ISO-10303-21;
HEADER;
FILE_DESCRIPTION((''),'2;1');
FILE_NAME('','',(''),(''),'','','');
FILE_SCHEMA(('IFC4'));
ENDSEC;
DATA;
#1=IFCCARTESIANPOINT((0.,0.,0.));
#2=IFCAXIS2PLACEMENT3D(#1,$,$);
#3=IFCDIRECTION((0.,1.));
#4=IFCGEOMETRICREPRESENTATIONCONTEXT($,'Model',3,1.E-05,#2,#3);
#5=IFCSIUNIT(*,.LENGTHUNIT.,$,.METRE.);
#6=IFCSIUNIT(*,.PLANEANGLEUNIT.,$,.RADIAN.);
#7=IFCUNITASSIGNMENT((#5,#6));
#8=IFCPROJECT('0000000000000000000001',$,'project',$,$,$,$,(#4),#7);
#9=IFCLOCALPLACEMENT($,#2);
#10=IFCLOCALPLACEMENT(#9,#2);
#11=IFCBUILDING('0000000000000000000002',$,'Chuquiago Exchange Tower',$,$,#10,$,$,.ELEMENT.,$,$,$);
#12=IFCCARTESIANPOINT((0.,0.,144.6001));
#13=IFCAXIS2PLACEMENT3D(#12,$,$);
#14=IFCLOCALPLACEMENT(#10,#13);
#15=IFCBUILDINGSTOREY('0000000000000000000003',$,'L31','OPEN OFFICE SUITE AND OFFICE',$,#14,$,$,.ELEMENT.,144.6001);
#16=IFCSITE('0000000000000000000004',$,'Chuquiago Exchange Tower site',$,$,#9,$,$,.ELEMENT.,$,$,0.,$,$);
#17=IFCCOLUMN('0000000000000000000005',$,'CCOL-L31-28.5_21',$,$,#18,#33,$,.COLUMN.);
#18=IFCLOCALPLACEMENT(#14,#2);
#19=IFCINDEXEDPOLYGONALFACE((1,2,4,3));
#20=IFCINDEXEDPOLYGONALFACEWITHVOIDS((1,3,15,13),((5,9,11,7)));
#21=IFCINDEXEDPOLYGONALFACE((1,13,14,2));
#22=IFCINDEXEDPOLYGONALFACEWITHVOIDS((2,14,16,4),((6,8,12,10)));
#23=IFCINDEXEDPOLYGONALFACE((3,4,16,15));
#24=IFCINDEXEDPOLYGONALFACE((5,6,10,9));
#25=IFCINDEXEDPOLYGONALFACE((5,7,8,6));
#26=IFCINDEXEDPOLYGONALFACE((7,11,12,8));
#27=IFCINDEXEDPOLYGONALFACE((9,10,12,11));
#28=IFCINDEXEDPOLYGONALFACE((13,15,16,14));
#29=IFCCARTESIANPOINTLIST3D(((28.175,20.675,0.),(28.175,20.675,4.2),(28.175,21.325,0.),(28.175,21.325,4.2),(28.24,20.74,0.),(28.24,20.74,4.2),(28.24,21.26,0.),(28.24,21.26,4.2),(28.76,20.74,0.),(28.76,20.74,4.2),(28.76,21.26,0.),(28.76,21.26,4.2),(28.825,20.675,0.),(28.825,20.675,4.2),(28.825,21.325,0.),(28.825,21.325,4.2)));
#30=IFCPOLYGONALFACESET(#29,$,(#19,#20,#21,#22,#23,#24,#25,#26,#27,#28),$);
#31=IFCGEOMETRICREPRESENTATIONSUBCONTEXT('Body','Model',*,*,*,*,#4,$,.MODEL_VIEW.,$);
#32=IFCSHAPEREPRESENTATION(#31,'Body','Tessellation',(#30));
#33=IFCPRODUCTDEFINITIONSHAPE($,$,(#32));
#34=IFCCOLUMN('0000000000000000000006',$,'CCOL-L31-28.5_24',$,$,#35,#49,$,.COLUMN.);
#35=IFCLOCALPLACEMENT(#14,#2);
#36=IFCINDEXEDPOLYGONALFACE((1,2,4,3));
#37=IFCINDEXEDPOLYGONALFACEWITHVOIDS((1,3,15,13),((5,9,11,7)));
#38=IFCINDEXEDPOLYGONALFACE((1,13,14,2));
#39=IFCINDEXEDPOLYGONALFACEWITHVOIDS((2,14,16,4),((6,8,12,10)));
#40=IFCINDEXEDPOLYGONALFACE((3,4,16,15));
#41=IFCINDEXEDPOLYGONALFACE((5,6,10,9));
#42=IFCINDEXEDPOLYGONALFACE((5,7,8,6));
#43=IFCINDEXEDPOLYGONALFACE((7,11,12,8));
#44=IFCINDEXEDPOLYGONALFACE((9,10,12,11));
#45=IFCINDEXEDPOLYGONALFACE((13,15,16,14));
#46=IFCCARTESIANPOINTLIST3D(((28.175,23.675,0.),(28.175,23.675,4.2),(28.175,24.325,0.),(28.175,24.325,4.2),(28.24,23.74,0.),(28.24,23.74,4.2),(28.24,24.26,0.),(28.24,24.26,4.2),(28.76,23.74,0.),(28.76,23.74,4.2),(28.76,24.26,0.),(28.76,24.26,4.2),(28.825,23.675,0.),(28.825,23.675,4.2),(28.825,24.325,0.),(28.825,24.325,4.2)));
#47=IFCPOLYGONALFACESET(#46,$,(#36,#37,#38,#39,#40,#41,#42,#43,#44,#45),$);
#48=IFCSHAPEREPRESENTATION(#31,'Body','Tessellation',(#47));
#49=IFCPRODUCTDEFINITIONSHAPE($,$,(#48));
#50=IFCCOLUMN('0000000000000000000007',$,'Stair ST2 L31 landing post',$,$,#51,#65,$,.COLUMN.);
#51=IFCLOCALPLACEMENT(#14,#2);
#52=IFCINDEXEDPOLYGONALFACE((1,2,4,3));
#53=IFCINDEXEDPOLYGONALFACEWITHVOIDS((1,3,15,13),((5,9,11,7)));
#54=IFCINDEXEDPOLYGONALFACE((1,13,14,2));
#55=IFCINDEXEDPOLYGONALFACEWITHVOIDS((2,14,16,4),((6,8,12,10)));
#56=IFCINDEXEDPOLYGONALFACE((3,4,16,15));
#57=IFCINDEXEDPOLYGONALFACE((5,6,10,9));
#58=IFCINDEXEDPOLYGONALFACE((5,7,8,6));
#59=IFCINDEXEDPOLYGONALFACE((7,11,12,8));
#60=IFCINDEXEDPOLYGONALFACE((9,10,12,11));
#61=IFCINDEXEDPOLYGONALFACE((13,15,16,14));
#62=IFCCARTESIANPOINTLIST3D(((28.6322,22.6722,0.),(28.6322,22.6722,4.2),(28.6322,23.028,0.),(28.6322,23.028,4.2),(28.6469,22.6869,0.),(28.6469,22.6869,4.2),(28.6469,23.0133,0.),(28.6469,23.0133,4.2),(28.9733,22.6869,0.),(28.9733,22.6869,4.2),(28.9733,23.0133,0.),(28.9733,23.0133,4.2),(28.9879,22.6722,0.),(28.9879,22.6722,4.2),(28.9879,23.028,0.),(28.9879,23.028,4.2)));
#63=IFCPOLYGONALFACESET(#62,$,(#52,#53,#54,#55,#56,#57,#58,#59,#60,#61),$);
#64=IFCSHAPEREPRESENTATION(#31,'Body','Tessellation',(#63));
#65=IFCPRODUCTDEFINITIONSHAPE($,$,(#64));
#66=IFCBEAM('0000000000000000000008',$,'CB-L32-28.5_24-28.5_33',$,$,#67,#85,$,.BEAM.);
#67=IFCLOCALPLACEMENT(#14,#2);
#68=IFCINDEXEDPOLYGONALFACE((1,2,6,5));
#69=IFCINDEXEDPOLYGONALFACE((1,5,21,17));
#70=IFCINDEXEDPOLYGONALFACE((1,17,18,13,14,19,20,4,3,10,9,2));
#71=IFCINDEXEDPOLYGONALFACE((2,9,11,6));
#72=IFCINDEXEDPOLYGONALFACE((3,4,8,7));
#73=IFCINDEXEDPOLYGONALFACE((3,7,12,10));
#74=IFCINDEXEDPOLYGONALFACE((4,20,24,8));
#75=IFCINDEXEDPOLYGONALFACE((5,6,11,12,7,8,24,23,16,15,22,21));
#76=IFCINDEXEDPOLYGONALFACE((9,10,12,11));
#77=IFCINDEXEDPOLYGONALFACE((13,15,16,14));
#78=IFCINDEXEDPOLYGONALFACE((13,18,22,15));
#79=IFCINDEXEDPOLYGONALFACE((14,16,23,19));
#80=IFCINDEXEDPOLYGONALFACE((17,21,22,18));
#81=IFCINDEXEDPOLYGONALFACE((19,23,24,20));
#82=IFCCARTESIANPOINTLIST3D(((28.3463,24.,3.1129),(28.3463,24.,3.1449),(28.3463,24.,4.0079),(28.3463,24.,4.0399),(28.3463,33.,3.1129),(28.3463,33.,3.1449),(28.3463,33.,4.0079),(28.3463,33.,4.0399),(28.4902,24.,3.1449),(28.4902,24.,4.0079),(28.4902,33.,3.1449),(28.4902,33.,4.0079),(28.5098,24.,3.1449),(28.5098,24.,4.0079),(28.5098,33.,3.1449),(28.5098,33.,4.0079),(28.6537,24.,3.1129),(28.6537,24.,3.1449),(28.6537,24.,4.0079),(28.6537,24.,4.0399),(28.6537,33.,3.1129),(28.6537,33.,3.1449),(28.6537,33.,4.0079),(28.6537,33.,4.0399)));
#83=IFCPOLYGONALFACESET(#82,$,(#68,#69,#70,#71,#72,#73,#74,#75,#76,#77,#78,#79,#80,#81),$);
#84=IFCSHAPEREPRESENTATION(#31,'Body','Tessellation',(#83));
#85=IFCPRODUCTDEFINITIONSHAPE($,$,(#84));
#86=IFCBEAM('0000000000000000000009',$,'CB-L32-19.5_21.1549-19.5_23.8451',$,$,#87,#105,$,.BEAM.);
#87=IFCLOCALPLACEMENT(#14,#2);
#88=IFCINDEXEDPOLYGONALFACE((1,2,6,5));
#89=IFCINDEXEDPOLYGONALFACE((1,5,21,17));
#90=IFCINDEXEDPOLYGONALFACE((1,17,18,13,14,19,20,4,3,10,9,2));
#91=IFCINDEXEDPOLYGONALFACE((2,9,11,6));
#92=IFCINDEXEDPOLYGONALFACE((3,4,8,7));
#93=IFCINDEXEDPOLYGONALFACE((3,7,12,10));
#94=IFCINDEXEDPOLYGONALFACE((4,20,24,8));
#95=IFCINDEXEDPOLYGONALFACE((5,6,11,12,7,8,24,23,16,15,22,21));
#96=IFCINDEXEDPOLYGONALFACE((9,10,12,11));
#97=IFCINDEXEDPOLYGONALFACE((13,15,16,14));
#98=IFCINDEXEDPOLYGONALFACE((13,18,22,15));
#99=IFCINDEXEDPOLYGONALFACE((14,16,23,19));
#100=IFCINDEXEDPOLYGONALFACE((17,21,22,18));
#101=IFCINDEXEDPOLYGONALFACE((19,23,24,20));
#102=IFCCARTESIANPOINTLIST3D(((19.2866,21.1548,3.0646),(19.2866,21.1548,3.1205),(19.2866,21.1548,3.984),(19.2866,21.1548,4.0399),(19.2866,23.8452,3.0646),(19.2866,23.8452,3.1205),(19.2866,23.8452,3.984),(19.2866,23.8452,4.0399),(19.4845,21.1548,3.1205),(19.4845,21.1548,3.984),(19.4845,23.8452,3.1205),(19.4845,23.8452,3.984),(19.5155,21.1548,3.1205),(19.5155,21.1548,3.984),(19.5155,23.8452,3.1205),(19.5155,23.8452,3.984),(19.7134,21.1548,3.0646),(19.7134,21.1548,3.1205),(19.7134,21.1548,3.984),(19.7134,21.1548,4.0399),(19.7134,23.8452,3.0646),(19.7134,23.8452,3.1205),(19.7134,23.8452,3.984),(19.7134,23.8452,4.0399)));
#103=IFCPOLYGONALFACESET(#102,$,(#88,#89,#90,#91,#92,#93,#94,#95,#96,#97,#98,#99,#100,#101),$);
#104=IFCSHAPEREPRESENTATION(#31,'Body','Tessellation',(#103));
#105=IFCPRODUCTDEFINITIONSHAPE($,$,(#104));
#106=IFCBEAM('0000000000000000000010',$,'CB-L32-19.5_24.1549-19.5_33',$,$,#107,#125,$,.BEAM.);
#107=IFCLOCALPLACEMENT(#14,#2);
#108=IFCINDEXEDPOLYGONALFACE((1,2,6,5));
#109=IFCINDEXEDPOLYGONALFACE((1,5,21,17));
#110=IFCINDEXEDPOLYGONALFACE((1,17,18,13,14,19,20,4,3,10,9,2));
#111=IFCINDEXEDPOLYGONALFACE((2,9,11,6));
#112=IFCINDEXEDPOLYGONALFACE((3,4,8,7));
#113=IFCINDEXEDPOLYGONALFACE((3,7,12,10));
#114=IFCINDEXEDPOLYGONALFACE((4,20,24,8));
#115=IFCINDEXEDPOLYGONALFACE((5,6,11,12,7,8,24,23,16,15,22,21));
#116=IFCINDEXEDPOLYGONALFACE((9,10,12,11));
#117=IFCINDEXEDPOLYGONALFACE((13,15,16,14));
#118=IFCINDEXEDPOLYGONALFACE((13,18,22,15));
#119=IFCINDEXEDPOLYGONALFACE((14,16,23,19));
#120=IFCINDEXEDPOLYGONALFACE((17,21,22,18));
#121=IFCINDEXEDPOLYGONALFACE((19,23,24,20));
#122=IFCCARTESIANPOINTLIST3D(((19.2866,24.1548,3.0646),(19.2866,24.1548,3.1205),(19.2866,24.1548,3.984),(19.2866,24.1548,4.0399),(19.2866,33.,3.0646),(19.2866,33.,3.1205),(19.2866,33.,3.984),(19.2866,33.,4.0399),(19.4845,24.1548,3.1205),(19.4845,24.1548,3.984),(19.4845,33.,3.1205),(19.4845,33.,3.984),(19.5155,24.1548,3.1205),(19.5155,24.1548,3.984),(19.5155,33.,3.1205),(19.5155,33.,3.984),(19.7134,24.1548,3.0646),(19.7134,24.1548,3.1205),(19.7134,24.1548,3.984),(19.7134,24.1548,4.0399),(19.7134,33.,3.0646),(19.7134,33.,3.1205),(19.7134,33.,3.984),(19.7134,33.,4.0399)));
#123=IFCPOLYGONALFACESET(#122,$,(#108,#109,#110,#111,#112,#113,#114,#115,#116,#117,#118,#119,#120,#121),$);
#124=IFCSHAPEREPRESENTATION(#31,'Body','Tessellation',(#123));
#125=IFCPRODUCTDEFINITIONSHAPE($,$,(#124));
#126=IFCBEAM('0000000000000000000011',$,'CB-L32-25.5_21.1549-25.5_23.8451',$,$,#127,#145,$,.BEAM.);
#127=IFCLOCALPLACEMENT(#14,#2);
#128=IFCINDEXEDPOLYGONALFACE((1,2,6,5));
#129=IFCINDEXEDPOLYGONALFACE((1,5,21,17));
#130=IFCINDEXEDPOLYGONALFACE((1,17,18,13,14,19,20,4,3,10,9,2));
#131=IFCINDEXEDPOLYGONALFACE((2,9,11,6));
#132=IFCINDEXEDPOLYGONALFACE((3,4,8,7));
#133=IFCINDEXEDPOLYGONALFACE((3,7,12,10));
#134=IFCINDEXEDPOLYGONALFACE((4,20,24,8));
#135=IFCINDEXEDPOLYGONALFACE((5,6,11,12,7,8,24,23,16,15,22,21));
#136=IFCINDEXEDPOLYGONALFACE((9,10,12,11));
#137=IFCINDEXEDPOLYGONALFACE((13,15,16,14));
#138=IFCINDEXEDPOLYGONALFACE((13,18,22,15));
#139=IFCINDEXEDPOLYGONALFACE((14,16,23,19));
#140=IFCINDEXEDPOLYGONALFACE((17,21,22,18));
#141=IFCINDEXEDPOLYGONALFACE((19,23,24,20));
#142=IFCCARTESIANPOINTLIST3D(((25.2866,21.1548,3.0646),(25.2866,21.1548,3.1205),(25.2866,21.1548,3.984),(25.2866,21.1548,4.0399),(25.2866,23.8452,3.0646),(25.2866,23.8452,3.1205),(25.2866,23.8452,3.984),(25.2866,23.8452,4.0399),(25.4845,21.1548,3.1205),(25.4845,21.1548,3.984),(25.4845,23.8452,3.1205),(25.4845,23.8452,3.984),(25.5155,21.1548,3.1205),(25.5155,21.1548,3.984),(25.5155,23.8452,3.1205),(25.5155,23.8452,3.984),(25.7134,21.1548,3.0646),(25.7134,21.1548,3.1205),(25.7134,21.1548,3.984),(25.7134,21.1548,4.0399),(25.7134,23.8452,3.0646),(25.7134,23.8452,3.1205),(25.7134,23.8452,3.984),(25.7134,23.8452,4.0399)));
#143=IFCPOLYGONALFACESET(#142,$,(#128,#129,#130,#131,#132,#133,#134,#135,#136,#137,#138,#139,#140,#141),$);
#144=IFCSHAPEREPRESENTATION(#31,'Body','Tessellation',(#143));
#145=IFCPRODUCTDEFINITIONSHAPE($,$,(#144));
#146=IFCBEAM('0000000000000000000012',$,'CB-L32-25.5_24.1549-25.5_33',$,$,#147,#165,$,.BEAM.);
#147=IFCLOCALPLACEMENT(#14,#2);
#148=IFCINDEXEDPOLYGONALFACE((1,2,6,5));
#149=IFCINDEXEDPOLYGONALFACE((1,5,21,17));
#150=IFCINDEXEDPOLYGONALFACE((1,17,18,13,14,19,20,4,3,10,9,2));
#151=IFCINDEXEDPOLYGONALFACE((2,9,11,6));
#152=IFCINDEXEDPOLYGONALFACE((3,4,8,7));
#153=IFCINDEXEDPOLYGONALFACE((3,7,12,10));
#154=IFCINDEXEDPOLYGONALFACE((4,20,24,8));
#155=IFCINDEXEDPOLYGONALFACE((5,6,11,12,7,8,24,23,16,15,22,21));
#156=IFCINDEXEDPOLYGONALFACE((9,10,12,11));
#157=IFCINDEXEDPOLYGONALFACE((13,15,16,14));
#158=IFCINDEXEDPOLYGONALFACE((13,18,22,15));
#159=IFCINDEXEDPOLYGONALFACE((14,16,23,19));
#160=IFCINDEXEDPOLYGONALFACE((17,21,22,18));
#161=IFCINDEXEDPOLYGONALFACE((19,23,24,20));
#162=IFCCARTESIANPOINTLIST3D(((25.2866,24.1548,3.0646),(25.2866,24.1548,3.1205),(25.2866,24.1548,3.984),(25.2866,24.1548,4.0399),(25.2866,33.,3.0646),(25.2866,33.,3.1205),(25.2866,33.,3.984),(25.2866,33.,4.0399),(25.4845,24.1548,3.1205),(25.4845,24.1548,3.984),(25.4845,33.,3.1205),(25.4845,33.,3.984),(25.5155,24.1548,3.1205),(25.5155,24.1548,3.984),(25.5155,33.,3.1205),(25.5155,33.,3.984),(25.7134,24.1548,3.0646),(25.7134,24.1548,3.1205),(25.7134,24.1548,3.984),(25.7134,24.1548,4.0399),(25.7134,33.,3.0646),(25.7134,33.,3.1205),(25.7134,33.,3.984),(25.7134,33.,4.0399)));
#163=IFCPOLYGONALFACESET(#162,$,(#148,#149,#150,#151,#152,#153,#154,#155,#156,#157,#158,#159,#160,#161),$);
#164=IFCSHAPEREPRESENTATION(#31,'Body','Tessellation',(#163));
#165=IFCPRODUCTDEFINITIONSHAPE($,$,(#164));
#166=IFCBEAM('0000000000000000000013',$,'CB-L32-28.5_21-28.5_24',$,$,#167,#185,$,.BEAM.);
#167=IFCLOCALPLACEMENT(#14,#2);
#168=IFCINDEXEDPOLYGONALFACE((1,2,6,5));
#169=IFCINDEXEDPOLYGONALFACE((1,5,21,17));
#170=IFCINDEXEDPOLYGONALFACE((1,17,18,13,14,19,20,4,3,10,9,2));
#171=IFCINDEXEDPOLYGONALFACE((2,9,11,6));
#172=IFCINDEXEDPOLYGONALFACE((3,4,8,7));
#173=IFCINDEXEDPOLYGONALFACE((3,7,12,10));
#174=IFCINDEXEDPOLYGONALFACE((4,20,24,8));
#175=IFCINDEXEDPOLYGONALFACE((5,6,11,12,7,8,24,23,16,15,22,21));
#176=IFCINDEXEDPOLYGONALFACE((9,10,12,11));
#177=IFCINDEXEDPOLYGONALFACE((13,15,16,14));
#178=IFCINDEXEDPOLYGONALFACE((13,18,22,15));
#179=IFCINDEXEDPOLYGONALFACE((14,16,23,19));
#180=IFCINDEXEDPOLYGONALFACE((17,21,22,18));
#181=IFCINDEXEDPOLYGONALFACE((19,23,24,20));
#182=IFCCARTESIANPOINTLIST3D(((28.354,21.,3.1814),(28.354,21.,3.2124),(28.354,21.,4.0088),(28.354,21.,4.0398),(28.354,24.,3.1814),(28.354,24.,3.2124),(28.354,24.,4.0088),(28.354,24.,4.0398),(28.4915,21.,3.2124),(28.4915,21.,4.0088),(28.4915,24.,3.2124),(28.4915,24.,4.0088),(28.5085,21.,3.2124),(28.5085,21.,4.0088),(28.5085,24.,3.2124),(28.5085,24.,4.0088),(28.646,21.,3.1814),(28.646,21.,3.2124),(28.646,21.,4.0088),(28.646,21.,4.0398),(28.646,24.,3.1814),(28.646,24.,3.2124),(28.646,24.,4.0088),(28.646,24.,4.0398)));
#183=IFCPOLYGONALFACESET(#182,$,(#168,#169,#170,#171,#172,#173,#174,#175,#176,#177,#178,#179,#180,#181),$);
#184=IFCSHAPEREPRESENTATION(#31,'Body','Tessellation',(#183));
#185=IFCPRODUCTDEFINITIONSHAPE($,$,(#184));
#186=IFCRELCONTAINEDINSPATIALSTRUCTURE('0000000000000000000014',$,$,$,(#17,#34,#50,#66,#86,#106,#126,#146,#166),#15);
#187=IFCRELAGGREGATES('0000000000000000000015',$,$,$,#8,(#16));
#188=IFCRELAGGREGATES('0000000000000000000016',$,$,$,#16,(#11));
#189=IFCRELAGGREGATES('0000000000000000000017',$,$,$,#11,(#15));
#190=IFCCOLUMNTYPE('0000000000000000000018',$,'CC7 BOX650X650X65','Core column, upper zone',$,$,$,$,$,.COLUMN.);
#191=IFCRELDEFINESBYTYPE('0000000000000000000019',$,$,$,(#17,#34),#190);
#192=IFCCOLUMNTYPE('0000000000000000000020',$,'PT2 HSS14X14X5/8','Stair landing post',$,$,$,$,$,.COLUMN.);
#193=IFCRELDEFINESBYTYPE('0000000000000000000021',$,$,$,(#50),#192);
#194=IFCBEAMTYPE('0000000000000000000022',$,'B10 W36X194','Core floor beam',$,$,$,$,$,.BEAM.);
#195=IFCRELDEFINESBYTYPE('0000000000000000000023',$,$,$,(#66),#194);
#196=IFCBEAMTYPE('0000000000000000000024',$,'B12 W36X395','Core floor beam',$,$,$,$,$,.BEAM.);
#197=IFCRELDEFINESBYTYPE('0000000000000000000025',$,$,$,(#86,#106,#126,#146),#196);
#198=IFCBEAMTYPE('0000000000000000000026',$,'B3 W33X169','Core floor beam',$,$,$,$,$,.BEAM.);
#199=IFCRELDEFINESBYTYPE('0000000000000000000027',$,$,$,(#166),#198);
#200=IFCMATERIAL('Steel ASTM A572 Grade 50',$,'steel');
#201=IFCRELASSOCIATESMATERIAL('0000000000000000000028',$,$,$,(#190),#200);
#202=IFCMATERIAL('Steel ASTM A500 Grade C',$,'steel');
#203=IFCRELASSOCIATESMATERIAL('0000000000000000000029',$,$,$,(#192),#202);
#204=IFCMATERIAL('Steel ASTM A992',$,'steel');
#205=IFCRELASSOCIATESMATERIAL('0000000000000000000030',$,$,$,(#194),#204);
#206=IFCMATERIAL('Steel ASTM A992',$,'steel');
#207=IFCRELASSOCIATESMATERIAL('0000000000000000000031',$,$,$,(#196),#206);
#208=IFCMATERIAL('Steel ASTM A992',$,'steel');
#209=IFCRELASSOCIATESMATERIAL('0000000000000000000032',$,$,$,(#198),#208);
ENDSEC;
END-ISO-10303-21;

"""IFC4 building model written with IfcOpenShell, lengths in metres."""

from ifc_helpers import new_model, si_unit, direction, frame, origin, origin_2d, place, context, subcontext, project, spatial, hollow_rectangle, i_section, extrude, material, material_profile, profile_set, type_object, element, save


model = new_model("IFC4")

# Units and contexts
model_context = context("Model", 3, precision=1e-05, world=origin(), true_north=direction((0.0, 1.0)))
body_context = subcontext(model_context, "Body", "Model", "MODEL_VIEW")
ifc_project = project(units=[si_unit("LENGTHUNIT", "METRE"), si_unit("PLANEANGLEUNIT", "RADIAN")], contexts=[model_context])

# Site, building, storey
site_placement = place(None, origin())
site = spatial("IfcSite", under=ifc_project, at=site_placement, Name="Chuquiago Exchange Tower site", CompositionType="ELEMENT", RefElevation=0.0)
building_placement = place(site_placement, origin())
building = spatial("IfcBuilding", under=site, at=building_placement, Name="Chuquiago Exchange Tower", CompositionType="ELEMENT")
storey_placement = place(building_placement, frame((0.0, 0.0, 144.6001)))
storey = spatial("IfcBuildingStorey", under=building, at=storey_placement, Name="L31", Description="OPEN OFFICE SUITE AND OFFICE", CompositionType="ELEMENT", Elevation=144.6001)

# Columns
ifc_material_1 = material(Name="Steel ASTM A572 Grade 50", Category="steel")
ifc_material_profile_1 = material_profile(ifc_material_1, hollow_rectangle(XDim=0.6499, YDim=0.6499, WallThickness=0.0649, at=origin_2d()), Name="BOX650X650X65")
ifc_profile_set_1 = profile_set([ifc_material_profile_1], Name="Steel ASTM A572 Grade 50")
column_type_1 = type_object("IfcColumnType", Name="CC7 BOX650X650X65", Description="Core column, upper zone", PredefinedType="COLUMN", material=ifc_profile_set_1)
for number, where, z_axis, x_axis, name in (
    (1, (28.5, 21.0, 0.0), (0.0, 0.0, 1.0), (1.0, 0.0, 0.0), "CCOL-L31-28.5_21"),
    (2, (28.5, 24.0, 0.0), (0.0, 0.0, 1.0), (1.0, 0.0, 0.0), "CCOL-L31-28.5_24"),
):
    element("IfcColumn", number, at=place(storey_placement, frame(where, z_axis=z_axis, x_axis=x_axis)), inside=storey, type_object=column_type_1, Name=name, PredefinedType="COLUMN", context=body_context, shape_type="SweptSolid", body=[
        extrude(hollow_rectangle(XDim=0.6499, YDim=0.6499, WallThickness=0.0649, at=origin_2d()), origin(), (0.0, 0.0, 1.0), 4.2),
    ])
ifc_material_2 = material(Name="Steel ASTM A500 Grade C", Category="steel")
ifc_material_profile_2 = material_profile(ifc_material_2, hollow_rectangle(XDim=0.3557, YDim=0.3557, WallThickness=0.0146, at=origin_2d()), Name="HSS14X14X5/8")
ifc_profile_set_2 = profile_set([ifc_material_profile_2], Name="Steel ASTM A500 Grade C")
column_type_2 = type_object("IfcColumnType", Name="PT2 HSS14X14X5/8", Description="Stair landing post", PredefinedType="COLUMN", material=ifc_profile_set_2)
column_placement = place(storey_placement, frame((28.8101, 22.8501, 0.0), z_axis=(0.0, 0.0, 1.0), x_axis=(1.0, 0.0, 0.0)))
element("IfcColumn", 3, at=column_placement, inside=storey, type_object=column_type_2, Name="Stair ST2 L31 landing post", PredefinedType="COLUMN", context=body_context, shape_type="SweptSolid", body=[
    extrude(hollow_rectangle(XDim=0.3557, YDim=0.3557, WallThickness=0.0146, at=origin_2d()), origin(), (0.0, 0.0, 1.0), 4.2),
])

# Beams
ifc_material_3 = material(Name="Steel ASTM A992", Category="steel")
ifc_material_profile_3 = material_profile(ifc_material_3, i_section(OverallWidth=0.3074, OverallDepth=0.927, WebThickness=0.0195, FlangeThickness=0.032, at=origin_2d()), Name="W36X194")
ifc_profile_set_3 = profile_set([ifc_material_profile_3], Name="Steel ASTM A992")
beam_type_1 = type_object("IfcBeamType", Name="B10 W36X194", Description="Core floor beam", PredefinedType="BEAM", material=ifc_profile_set_3)
beam_1_placement = place(storey_placement, frame((28.5, 24.0, 3.5764), z_axis=(0.0, 1.0, 0.0), x_axis=(-1.0, 0.0, 0.0)))
element("IfcBeam", 4, at=beam_1_placement, inside=storey, type_object=beam_type_1, Name="CB-L32-28.5_24-28.5_33", PredefinedType="BEAM", context=body_context, shape_type="SweptSolid", body=[
    extrude(i_section(OverallWidth=0.3074, OverallDepth=0.927, WebThickness=0.0195, FlangeThickness=0.032, at=origin_2d()), origin(), (0.0, 0.0, 1.0), 9.0),
])
ifc_material_4 = material(Name="Steel ASTM A992", Category="steel")
ifc_material_profile_4 = material_profile(ifc_material_4, i_section(OverallWidth=0.4268, OverallDepth=0.9753, WebThickness=0.031, FlangeThickness=0.0559, at=origin_2d()), Name="W36X395")
ifc_profile_set_4 = profile_set([ifc_material_profile_4], Name="Steel ASTM A992")
beam_type_2 = type_object("IfcBeamType", Name="B12 W36X395", Description="Core floor beam", PredefinedType="BEAM", material=ifc_profile_set_4)
beam_2_placement = place(storey_placement, frame((19.5, 21.1548, 3.5522), z_axis=(0.0, 1.0, 0.0), x_axis=(-1.0, 0.0, 0.0)))
element("IfcBeam", 5, at=beam_2_placement, inside=storey, type_object=beam_type_2, Name="CB-L32-19.5_21.1549-19.5_23.8451", PredefinedType="BEAM", context=body_context, shape_type="SweptSolid", body=[
    extrude(i_section(OverallWidth=0.4268, OverallDepth=0.9753, WebThickness=0.031, FlangeThickness=0.0559, at=origin_2d()), origin(), (0.0, 0.0, 1.0), 2.6904),
])
beam_3_placement = place(storey_placement, frame((19.5, 24.1548, 3.5522), z_axis=(0.0, 1.0, 0.0), x_axis=(-1.0, 0.0, 0.0)))
element("IfcBeam", 6, at=beam_3_placement, inside=storey, type_object=beam_type_2, Name="CB-L32-19.5_24.1549-19.5_33", PredefinedType="BEAM", context=body_context, shape_type="SweptSolid", body=[
    extrude(i_section(OverallWidth=0.4268, OverallDepth=0.9753, WebThickness=0.031, FlangeThickness=0.0559, at=origin_2d()), origin(), (0.0, 0.0, 1.0), 8.8452),
])
beam_4_placement = place(storey_placement, frame((25.5, 21.1548, 3.5522), z_axis=(0.0, 1.0, 0.0), x_axis=(-1.0, 0.0, 0.0)))
element("IfcBeam", 7, at=beam_4_placement, inside=storey, type_object=beam_type_2, Name="CB-L32-25.5_21.1549-25.5_23.8451", PredefinedType="BEAM", context=body_context, shape_type="SweptSolid", body=[
    extrude(i_section(OverallWidth=0.4268, OverallDepth=0.9753, WebThickness=0.031, FlangeThickness=0.0559, at=origin_2d()), origin(), (0.0, 0.0, 1.0), 2.6904),
])
beam_5_placement = place(storey_placement, frame((25.5, 24.1548, 3.5522), z_axis=(0.0, 1.0, 0.0), x_axis=(-1.0, 0.0, 0.0)))
element("IfcBeam", 8, at=beam_5_placement, inside=storey, type_object=beam_type_2, Name="CB-L32-25.5_24.1549-25.5_33", PredefinedType="BEAM", context=body_context, shape_type="SweptSolid", body=[
    extrude(i_section(OverallWidth=0.4268, OverallDepth=0.9753, WebThickness=0.031, FlangeThickness=0.0559, at=origin_2d()), origin(), (0.0, 0.0, 1.0), 8.8452),
])
ifc_material_5 = material(Name="Steel ASTM A992", Category="steel")
ifc_material_profile_5 = material_profile(ifc_material_5, i_section(OverallWidth=0.292, OverallDepth=0.8584, WebThickness=0.0171, FlangeThickness=0.031, at=origin_2d()), Name="W33X169")
ifc_profile_set_5 = profile_set([ifc_material_profile_5], Name="Steel ASTM A992")
beam_type_3 = type_object("IfcBeamType", Name="B3 W33X169", Description="Core floor beam", PredefinedType="BEAM", material=ifc_profile_set_5)
beam_6_placement = place(storey_placement, frame((28.5, 21.0, 3.6106), z_axis=(0.0, 1.0, 0.0), x_axis=(-1.0, 0.0, 0.0)))
element("IfcBeam", 9, at=beam_6_placement, inside=storey, type_object=beam_type_3, Name="CB-L32-28.5_21-28.5_24", PredefinedType="BEAM", context=body_context, shape_type="SweptSolid", body=[
    extrude(i_section(OverallWidth=0.292, OverallDepth=0.8584, WebThickness=0.0171, FlangeThickness=0.031, at=origin_2d()), origin(), (0.0, 0.0, 1.0), 3.0),
])

save(model, "model.ifc")
